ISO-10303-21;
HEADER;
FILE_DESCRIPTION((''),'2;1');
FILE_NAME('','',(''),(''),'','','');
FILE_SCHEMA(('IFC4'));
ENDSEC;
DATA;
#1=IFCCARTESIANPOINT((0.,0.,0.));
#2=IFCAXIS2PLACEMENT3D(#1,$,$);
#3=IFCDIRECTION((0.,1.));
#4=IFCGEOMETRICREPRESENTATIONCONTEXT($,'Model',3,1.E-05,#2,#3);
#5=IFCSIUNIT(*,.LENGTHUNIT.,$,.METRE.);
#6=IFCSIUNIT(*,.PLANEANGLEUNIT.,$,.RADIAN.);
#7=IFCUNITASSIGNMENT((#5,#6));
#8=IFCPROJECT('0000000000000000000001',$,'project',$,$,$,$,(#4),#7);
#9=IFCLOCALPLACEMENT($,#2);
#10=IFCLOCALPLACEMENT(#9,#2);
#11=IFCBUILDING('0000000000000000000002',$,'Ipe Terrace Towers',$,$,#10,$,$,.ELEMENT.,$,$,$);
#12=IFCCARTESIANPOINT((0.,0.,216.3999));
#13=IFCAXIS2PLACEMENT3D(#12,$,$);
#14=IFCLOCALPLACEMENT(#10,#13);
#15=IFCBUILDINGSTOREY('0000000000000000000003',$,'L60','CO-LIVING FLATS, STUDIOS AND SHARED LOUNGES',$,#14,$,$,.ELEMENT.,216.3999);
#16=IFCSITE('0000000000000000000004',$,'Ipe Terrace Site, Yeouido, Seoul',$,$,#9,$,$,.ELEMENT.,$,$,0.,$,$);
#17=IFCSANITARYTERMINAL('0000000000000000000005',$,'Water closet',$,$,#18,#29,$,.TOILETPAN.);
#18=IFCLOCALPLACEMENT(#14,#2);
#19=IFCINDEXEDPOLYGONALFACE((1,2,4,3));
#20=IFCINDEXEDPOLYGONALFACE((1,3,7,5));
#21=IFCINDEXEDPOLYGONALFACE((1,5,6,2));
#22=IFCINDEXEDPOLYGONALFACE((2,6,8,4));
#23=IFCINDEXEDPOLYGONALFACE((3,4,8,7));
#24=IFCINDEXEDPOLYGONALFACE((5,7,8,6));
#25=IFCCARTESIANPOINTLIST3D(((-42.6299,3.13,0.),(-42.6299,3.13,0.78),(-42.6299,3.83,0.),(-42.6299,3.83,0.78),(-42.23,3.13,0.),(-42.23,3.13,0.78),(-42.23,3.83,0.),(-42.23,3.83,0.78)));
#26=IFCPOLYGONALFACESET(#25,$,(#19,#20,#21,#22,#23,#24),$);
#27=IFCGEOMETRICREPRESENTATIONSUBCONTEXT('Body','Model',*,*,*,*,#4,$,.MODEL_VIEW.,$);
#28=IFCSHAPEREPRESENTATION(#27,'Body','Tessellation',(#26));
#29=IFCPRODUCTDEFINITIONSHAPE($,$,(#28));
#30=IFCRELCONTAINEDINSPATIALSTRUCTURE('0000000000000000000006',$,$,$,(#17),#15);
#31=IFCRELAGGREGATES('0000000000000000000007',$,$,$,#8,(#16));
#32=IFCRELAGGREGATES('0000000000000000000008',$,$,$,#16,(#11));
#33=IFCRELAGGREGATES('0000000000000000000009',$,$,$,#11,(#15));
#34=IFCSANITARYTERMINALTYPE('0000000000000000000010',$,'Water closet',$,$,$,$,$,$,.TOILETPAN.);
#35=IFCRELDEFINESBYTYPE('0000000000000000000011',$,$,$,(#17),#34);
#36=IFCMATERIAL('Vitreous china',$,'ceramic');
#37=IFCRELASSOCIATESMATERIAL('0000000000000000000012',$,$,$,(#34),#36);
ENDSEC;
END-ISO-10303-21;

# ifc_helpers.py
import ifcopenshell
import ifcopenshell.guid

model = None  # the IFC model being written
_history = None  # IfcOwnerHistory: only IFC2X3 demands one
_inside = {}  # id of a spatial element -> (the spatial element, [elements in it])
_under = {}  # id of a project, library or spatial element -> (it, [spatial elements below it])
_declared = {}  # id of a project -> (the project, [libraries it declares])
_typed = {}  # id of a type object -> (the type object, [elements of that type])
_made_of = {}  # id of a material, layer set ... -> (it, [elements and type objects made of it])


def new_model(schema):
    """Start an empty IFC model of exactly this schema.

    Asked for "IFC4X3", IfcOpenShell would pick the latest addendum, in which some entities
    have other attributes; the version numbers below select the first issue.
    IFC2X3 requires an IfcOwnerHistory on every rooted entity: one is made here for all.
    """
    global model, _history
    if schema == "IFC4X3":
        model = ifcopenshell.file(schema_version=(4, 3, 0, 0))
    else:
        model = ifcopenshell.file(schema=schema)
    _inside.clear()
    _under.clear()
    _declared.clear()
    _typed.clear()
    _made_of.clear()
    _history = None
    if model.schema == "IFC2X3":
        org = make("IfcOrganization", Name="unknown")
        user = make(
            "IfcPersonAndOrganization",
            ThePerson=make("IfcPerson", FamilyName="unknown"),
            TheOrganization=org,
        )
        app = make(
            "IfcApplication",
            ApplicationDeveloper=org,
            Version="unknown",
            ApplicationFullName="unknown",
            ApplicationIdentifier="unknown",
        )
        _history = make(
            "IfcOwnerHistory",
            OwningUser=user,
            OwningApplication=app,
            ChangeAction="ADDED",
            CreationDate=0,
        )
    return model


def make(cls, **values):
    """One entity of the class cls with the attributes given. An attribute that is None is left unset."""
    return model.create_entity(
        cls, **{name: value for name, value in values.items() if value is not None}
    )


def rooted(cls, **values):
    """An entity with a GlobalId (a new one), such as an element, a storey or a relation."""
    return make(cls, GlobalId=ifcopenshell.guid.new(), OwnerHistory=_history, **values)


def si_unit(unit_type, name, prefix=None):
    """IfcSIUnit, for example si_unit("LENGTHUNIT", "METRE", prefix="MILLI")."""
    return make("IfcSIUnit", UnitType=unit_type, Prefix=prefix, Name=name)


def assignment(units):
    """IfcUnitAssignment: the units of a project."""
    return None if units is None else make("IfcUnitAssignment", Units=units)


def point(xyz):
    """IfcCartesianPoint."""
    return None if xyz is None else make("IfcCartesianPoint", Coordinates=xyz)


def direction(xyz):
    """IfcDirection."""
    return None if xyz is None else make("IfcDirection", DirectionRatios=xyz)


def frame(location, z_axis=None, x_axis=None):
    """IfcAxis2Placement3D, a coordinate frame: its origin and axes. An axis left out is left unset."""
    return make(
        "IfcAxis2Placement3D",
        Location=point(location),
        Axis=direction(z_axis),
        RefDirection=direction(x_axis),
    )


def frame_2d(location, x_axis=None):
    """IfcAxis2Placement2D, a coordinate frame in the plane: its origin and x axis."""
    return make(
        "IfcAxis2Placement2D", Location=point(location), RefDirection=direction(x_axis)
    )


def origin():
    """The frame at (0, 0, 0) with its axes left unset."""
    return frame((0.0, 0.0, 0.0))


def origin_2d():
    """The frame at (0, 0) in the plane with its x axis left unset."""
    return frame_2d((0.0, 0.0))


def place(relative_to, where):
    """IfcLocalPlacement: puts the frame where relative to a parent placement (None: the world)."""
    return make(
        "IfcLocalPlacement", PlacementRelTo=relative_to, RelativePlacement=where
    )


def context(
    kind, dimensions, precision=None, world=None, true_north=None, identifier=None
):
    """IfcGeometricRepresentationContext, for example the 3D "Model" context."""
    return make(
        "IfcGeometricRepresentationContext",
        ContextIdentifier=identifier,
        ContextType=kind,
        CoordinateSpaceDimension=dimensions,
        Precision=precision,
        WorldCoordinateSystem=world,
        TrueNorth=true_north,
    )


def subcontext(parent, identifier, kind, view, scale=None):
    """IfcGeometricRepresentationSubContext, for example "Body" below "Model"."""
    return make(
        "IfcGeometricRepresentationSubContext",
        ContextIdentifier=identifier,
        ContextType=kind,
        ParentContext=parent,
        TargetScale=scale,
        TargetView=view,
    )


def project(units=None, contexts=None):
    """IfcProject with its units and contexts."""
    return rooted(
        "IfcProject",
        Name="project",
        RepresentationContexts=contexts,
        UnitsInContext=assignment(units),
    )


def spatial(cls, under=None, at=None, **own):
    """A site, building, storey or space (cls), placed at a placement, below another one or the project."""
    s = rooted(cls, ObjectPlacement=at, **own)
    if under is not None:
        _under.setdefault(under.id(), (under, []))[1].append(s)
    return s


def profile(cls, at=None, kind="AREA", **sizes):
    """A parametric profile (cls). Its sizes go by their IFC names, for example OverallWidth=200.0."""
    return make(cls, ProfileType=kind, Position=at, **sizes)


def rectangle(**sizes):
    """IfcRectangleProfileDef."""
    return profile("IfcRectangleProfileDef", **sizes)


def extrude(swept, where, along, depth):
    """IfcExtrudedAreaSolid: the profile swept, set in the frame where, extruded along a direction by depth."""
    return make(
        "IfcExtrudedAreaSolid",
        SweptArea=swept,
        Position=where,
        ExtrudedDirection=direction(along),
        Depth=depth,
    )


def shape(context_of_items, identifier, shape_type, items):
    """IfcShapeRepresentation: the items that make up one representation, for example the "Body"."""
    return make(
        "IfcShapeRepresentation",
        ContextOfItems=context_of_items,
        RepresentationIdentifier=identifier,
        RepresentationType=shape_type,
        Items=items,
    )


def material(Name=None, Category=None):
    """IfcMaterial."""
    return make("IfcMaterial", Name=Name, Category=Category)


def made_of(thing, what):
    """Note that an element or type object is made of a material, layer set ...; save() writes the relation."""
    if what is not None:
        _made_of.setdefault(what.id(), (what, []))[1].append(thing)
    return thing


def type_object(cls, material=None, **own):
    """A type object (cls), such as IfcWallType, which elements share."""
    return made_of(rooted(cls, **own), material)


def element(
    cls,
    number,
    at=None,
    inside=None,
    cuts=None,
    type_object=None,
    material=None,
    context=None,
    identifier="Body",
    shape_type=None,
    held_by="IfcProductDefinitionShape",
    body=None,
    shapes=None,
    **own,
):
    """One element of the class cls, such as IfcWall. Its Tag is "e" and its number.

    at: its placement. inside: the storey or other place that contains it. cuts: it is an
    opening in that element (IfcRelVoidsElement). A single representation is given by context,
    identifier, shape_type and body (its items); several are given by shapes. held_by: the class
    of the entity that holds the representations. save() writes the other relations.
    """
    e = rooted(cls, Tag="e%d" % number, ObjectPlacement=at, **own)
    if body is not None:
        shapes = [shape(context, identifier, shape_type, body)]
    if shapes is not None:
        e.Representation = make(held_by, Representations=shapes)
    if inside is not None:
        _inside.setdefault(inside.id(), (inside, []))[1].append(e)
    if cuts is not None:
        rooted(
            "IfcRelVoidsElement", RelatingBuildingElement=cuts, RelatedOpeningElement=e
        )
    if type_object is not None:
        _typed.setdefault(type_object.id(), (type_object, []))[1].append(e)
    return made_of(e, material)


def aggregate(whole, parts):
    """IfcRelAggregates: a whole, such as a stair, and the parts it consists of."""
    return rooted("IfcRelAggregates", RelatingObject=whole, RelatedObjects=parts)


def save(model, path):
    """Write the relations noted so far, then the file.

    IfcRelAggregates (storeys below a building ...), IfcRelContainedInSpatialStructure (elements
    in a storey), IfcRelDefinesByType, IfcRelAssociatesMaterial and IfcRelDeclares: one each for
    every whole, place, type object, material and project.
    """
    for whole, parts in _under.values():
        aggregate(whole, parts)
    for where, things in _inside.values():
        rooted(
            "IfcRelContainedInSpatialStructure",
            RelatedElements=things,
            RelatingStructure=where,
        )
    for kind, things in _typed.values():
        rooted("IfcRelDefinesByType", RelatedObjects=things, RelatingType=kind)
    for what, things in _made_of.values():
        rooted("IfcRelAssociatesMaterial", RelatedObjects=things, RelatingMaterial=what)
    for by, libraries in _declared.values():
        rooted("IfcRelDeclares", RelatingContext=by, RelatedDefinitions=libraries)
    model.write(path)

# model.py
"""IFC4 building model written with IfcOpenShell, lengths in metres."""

from ifc_helpers import new_model, si_unit, direction, frame, origin, origin_2d, place, context, subcontext, project, spatial, rectangle, extrude, material, type_object, element, save


model = new_model("IFC4")

# Units and contexts
model_context = context("Model", 3, precision=1e-05, world=origin(), true_north=direction((0.0, 1.0)))
body_context = subcontext(model_context, "Body", "Model", "MODEL_VIEW")
ifc_project = project(units=[si_unit("LENGTHUNIT", "METRE"), si_unit("PLANEANGLEUNIT", "RADIAN")], contexts=[model_context])

# Site, building, storey
site_placement = place(None, origin())
site = spatial("IfcSite", under=ifc_project, at=site_placement, Name="Ipe Terrace Site, Yeouido, Seoul", CompositionType="ELEMENT", RefElevation=0.0)
building_placement = place(site_placement, origin())
building = spatial("IfcBuilding", under=site, at=building_placement, Name="Ipe Terrace Towers", CompositionType="ELEMENT")
storey_placement = place(building_placement, frame((0.0, 0.0, 216.3999)))
storey = spatial("IfcBuildingStorey", under=building, at=storey_placement, Name="L60", Description="CO-LIVING FLATS, STUDIOS AND SHARED LOUNGES", CompositionType="ELEMENT", Elevation=216.3999)

# Sanitary terminal
ifc_material_1 = material(Name="Vitreous china", Category="ceramic")
sanitary_terminal_type = type_object("IfcSanitaryTerminalType", Name="Water closet", PredefinedType="TOILETPAN", material=ifc_material_1)
sanitary_terminal_placement = place(storey_placement, frame((-42.4299, 3.48, 0.0), z_axis=(0.0, 0.0, 1.0), x_axis=(0.0, -1.0, 0.0)))
element("IfcSanitaryTerminal", 1, at=sanitary_terminal_placement, inside=storey, type_object=sanitary_terminal_type, Name="Water closet", PredefinedType="TOILETPAN", context=body_context, shape_type="SweptSolid", body=[
    extrude(rectangle(XDim=0.7, YDim=0.3999, at=origin_2d()), origin(), (0.0, 0.0, 1.0), 0.78),
])

save(model, "model.ifc")
